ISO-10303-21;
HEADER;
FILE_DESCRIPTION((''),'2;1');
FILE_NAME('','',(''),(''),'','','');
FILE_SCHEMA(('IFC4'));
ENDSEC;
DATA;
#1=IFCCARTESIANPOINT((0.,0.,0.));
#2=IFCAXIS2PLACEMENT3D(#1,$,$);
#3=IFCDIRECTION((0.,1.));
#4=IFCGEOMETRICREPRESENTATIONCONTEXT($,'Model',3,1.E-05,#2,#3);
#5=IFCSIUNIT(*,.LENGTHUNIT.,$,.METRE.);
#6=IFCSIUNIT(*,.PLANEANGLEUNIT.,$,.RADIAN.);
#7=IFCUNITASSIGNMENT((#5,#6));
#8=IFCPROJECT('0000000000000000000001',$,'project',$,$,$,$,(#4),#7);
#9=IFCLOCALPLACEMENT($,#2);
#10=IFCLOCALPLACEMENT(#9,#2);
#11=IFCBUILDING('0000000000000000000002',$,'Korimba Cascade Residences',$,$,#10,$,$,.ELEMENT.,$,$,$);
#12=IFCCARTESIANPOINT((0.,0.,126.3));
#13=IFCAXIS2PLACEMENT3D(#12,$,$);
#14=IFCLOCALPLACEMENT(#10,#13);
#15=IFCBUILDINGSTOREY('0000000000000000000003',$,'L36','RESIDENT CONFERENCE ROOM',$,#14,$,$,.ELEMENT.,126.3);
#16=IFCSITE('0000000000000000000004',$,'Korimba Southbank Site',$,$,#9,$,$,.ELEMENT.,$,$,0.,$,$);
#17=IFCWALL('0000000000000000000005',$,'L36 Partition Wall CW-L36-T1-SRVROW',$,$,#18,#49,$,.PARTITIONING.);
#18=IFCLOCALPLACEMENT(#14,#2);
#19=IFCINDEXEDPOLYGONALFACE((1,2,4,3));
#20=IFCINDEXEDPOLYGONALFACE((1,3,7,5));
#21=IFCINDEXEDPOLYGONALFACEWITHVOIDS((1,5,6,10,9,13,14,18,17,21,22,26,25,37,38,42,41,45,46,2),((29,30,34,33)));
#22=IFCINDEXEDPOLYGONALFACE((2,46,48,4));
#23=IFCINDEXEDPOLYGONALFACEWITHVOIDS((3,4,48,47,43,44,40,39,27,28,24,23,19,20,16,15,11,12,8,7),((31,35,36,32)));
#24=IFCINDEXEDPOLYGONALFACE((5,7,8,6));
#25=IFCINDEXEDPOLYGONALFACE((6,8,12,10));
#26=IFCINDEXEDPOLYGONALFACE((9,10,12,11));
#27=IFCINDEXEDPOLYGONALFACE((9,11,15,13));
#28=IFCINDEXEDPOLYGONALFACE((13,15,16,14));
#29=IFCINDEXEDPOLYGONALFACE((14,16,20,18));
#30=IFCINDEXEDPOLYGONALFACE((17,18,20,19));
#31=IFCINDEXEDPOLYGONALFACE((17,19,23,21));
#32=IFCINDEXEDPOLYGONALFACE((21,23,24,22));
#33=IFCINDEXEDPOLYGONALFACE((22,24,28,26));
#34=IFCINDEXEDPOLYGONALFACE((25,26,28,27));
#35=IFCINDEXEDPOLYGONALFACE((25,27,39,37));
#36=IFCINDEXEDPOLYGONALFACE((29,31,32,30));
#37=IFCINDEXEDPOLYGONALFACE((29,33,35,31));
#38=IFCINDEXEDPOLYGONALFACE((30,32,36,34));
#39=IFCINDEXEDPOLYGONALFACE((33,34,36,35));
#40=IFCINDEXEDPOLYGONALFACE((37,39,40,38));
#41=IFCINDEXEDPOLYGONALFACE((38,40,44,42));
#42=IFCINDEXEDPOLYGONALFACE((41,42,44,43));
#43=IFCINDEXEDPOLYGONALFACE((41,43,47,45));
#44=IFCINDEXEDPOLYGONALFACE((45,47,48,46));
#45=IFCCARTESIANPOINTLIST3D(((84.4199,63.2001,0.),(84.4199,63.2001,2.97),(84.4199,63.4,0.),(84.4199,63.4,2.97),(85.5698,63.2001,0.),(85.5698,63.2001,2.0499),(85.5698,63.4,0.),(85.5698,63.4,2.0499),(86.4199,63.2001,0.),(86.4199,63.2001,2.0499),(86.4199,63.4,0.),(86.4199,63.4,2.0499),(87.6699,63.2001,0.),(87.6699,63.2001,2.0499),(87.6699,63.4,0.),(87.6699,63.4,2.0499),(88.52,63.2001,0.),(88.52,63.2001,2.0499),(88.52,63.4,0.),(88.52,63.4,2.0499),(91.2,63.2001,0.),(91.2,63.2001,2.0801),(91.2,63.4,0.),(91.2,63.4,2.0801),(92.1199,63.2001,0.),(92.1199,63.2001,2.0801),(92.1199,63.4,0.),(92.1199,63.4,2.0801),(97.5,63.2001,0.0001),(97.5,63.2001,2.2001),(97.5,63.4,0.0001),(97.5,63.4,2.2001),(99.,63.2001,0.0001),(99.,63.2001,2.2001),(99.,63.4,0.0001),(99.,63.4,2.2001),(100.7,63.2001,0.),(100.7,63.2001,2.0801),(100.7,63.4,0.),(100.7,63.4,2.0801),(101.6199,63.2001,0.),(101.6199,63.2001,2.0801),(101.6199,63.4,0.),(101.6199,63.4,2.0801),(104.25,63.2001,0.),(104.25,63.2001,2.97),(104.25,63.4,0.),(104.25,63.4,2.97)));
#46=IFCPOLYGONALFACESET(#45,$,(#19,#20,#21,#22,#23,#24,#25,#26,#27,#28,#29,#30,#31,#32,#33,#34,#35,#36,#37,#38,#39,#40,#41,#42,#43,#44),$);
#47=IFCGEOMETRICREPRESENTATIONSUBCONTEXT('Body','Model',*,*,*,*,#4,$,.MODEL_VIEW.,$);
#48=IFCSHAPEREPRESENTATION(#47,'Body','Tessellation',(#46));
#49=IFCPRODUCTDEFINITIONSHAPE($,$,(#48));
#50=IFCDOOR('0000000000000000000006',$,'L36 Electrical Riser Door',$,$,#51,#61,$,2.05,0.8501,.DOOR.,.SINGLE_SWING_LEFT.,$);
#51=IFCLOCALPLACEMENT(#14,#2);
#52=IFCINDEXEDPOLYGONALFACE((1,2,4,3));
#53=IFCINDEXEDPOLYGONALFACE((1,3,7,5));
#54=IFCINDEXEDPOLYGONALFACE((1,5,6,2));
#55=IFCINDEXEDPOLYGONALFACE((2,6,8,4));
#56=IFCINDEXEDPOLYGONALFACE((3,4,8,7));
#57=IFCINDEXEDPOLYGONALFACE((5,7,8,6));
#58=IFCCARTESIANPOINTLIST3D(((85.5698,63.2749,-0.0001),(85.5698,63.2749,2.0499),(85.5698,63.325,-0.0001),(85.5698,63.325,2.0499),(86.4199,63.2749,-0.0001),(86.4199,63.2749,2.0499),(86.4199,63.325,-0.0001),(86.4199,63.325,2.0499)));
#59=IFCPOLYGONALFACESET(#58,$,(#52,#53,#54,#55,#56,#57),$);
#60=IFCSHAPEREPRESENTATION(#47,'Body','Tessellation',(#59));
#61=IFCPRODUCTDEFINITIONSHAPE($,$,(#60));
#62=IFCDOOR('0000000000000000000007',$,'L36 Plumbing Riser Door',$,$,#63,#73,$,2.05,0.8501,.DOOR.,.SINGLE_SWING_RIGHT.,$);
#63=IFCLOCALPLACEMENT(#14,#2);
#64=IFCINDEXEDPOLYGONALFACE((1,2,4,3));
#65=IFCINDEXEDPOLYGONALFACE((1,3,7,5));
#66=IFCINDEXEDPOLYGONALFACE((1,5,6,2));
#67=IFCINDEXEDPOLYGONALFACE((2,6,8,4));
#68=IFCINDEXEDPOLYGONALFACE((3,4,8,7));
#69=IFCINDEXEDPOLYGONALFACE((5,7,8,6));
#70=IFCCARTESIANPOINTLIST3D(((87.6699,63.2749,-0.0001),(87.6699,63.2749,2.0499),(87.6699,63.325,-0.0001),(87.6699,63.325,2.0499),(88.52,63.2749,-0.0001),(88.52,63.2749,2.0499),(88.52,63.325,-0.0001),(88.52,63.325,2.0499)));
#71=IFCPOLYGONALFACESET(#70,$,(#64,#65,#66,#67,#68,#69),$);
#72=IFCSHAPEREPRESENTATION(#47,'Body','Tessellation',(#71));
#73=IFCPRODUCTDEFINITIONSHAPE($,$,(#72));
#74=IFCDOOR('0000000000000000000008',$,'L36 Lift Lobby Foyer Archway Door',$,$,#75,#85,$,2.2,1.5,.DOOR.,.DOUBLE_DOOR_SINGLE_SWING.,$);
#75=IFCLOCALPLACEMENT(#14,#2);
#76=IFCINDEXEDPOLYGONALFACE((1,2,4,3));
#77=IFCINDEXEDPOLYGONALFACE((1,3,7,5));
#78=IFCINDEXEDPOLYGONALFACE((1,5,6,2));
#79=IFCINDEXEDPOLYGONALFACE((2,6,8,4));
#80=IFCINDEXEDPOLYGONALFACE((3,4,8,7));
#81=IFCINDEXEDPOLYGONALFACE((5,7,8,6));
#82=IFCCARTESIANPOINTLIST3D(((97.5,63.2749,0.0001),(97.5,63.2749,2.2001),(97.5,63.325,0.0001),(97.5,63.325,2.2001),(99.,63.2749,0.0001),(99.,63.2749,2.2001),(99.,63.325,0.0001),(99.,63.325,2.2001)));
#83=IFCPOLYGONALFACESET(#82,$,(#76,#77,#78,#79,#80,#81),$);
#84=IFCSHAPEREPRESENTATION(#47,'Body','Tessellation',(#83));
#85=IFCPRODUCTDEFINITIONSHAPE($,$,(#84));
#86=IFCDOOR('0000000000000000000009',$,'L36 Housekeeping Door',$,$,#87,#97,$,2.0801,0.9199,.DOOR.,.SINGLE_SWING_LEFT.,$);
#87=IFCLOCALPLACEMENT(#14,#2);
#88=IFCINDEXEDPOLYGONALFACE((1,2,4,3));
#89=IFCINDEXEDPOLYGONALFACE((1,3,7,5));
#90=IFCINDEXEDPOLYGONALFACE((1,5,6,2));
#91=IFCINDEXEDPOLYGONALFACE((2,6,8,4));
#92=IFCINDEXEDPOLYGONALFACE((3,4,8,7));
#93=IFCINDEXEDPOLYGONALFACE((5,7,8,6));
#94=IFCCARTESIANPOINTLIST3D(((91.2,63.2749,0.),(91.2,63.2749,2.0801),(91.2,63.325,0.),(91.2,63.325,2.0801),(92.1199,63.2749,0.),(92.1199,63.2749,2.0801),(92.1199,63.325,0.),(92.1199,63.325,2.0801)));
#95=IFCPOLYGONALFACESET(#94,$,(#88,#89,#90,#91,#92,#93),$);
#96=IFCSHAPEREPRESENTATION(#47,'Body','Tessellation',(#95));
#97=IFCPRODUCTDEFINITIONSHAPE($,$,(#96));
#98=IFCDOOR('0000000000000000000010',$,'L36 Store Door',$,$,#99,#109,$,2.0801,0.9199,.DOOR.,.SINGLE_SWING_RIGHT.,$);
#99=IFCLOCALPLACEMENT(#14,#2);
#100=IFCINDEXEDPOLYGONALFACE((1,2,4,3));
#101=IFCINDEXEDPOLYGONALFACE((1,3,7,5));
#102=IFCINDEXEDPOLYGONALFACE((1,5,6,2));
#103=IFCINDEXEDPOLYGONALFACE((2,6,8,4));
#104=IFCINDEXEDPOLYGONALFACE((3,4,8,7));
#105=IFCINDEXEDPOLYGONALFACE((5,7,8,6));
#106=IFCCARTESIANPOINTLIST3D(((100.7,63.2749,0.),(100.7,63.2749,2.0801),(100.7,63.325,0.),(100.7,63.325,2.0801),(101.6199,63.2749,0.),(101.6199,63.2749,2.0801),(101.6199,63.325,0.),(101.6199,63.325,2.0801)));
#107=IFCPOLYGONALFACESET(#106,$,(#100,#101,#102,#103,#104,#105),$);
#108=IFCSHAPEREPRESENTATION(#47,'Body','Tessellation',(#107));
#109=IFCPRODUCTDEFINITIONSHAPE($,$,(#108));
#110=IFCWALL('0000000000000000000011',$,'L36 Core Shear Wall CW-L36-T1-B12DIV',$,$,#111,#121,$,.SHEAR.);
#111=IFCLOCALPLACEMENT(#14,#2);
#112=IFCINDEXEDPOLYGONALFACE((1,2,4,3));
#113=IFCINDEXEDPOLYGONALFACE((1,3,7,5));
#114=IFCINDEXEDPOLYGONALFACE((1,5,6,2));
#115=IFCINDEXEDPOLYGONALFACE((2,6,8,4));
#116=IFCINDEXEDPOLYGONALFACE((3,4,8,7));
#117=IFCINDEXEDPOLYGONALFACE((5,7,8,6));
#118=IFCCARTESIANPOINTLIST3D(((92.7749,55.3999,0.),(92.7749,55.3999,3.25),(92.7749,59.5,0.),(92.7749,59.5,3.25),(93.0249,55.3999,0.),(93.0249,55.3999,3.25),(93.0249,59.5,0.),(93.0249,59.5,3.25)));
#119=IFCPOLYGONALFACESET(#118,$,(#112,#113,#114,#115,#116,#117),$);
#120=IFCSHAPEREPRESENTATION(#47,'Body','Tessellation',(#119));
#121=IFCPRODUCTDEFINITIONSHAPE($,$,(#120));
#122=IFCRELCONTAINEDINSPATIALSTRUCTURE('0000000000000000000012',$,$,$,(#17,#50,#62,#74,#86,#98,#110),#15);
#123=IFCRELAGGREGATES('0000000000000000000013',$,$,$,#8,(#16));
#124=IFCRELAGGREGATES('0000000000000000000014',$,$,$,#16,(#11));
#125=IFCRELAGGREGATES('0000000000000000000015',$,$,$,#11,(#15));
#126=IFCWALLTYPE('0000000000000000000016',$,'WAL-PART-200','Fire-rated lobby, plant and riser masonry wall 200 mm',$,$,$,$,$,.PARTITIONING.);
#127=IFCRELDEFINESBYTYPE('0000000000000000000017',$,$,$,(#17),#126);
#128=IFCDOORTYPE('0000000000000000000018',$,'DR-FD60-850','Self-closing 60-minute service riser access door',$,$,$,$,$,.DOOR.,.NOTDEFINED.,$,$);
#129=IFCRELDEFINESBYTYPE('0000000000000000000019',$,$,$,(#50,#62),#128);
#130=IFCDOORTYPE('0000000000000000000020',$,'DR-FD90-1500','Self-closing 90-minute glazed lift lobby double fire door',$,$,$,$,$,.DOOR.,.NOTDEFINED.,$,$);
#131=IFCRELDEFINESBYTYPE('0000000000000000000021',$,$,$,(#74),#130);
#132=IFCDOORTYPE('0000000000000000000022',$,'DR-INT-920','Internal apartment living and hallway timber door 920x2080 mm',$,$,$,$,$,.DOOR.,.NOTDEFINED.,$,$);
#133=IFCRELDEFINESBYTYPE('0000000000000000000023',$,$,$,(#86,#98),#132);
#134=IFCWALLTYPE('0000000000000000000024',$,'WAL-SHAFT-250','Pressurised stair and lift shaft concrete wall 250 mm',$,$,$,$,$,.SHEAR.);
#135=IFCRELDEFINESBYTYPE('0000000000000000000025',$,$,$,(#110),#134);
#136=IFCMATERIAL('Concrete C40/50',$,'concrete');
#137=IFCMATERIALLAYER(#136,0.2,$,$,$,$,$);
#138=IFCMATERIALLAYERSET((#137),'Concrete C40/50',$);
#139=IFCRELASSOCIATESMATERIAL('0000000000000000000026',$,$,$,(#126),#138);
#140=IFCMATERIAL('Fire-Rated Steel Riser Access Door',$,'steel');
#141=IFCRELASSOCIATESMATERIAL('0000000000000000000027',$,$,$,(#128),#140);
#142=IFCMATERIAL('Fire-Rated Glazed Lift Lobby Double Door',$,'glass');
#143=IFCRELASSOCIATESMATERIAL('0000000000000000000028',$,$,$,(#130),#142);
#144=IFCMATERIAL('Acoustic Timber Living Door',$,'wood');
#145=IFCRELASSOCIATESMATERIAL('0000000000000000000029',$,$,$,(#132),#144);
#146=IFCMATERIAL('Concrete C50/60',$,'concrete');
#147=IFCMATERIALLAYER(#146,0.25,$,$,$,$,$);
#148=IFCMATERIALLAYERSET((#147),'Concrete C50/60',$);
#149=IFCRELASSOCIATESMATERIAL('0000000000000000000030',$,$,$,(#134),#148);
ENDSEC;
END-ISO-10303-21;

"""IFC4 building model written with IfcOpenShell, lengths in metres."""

from ifc_helpers import new_model, si_unit, direction, frame, frame_2d, origin, place, context, subcontext, project, spatial, rectangle, extrude, material, layer, layer_set, type_object, element, fill, save


model = new_model("IFC4")

# Units and contexts
model_context = context("Model", 3, precision=1e-05, world=origin(), true_north=direction((0.0, 1.0)))
body_context = subcontext(model_context, "Body", "Model", "MODEL_VIEW")
ifc_project = project(units=[si_unit("LENGTHUNIT", "METRE"), si_unit("PLANEANGLEUNIT", "RADIAN")], contexts=[model_context])

# Site, building, storey
site_placement = place(None, origin())
site = spatial("IfcSite", under=ifc_project, at=site_placement, Name="Korimba Southbank Site", CompositionType="ELEMENT", RefElevation=0.0)
building_placement = place(site_placement, origin())
building = spatial("IfcBuilding", under=site, at=building_placement, Name="Korimba Cascade Residences", CompositionType="ELEMENT")
storey_placement = place(building_placement, frame((0.0, 0.0, 126.3)))
storey = spatial("IfcBuildingStorey", under=building, at=storey_placement, Name="L36", Description="RESIDENT CONFERENCE ROOM", CompositionType="ELEMENT", Elevation=126.3)

# Shared definitions
ifc_material_1 = material(Name="Concrete C40/50", Category="concrete")
ifc_layer_1 = layer(ifc_material_1, 0.2)
ifc_layer_set_1 = layer_set([ifc_layer_1], Name="Concrete C40/50")
wall_type_1 = type_object("IfcWallType", Name="WAL-PART-200", Description="Fire-rated lobby, plant and riser masonry wall 200 mm", PredefinedType="PARTITIONING", material=ifc_layer_set_1)

# Wall, openings, doors
wall_1_placement = place(storey_placement, frame((84.4199, 63.3, 0.0), z_axis=(0.0, 0.0, 1.0), x_axis=(1.0, 0.0, 0.0)))
wall_1 = element("IfcWall", 1, at=wall_1_placement, inside=storey, type_object=wall_type_1, Name="L36 Partition Wall CW-L36-T1-SRVROW", PredefinedType="PARTITIONING", context=body_context, shape_type="SweptSolid", body=[
    extrude(rectangle(XDim=19.8301, YDim=0.2, at=frame_2d((9.915, 0.0))), origin(), (0.0, 0.0, 1.0), 2.97),
])
opening_1_placement = place(wall_1_placement, frame((1.1499, 0.0, 0.0)))
opening_1 = element("IfcOpeningElement", 2, at=opening_1_placement, cuts=wall_1, PredefinedType="OPENING", context=body_context, shape_type="SweptSolid", body=[
    extrude(rectangle(XDim=0.8501, YDim=2.05, at=frame_2d((0.425, 1.0249))), frame((0.0, 0.1099, 0.0), z_axis=(0.0, -1.0, 0.0), x_axis=(1.0, 0.0, 0.0)), (0.0, 0.0, 1.0), 0.22),
])
opening_2_placement = place(wall_1_placement, frame((3.25, 0.0, 0.0)))
opening_2 = element("IfcOpeningElement", 3, at=opening_2_placement, cuts=wall_1, PredefinedType="OPENING", context=body_context, shape_type="SweptSolid", body=[
    extrude(rectangle(XDim=0.8501, YDim=2.05, at=frame_2d((0.425, 1.0249))), frame((0.0, 0.1099, 0.0), z_axis=(0.0, -1.0, 0.0), x_axis=(1.0, 0.0, 0.0)), (0.0, 0.0, 1.0), 0.22),
])
opening_3_placement = place(wall_1_placement, frame((13.0801, 0.0, 0.0)))
opening_3 = element("IfcOpeningElement", 4, at=opening_3_placement, cuts=wall_1, PredefinedType="OPENING", context=body_context, shape_type="SweptSolid", body=[
    extrude(rectangle(XDim=1.5, YDim=2.2, at=frame_2d((0.75, 1.1001))), frame((0.0, 0.1099, 0.0), z_axis=(0.0, -1.0, 0.0), x_axis=(1.0, 0.0, 0.0)), (0.0, 0.0, 1.0), 0.22),
])
opening_4_placement = place(wall_1_placement, frame((6.78, 0.0, 0.0)))
opening_4 = element("IfcOpeningElement", 5, at=opening_4_placement, cuts=wall_1, PredefinedType="OPENING", context=body_context, shape_type="SweptSolid", body=[
    extrude(rectangle(XDim=0.9199, YDim=2.0801, at=frame_2d((0.46, 1.04))), frame((0.0, 0.1099, 0.0), z_axis=(0.0, -1.0, 0.0), x_axis=(1.0, 0.0, 0.0)), (0.0, 0.0, 1.0), 0.22),
])
opening_5_placement = place(wall_1_placement, frame((16.28, 0.0, 0.0)))
opening_5 = element("IfcOpeningElement", 6, at=opening_5_placement, cuts=wall_1, PredefinedType="OPENING", context=body_context, shape_type="SweptSolid", body=[
    extrude(rectangle(XDim=0.9199, YDim=2.0801, at=frame_2d((0.46, 1.04))), frame((0.0, 0.1099, 0.0), z_axis=(0.0, -1.0, 0.0), x_axis=(1.0, 0.0, 0.0)), (0.0, 0.0, 1.0), 0.22),
])
ifc_material_2 = material(Name="Fire-Rated Steel Riser Access Door", Category="steel")
door_type_1 = type_object("IfcDoorType", Name="DR-FD60-850", Description="Self-closing 60-minute service riser access door", OperationType="NOTDEFINED", PredefinedType="DOOR", material=ifc_material_2)
door_1_placement = place(opening_1_placement, origin())
door_1 = element("IfcDoor", 7, at=door_1_placement, inside=storey, type_object=door_type_1, Name="L36 Electrical Riser Door", OperationType="SINGLE_SWING_LEFT", OverallHeight=2.05, OverallWidth=0.8501, PredefinedType="DOOR", context=body_context, shape_type="SweptSolid", body=[
    extrude(rectangle(XDim=0.8501, YDim=2.05, at=frame_2d((0.425, 1.0249))), frame((0.0, 0.0249, 0.0), z_axis=(0.0, -1.0, 0.0), x_axis=(1.0, 0.0, 0.0)), (0.0, 0.0, 1.0), 0.05),
])
fill(opening_1, door_1)
door_2_placement = place(opening_2_placement, origin())
door_2 = element("IfcDoor", 8, at=door_2_placement, inside=storey, type_object=door_type_1, Name="L36 Plumbing Riser Door", OperationType="SINGLE_SWING_RIGHT", OverallHeight=2.05, OverallWidth=0.8501, PredefinedType="DOOR", context=body_context, shape_type="SweptSolid", body=[
    extrude(rectangle(XDim=0.8501, YDim=2.05, at=frame_2d((0.425, 1.0249))), frame((0.0, 0.0249, 0.0), z_axis=(0.0, -1.0, 0.0), x_axis=(1.0, 0.0, 0.0)), (0.0, 0.0, 1.0), 0.05),
])
fill(opening_2, door_2)
ifc_material_3 = material(Name="Fire-Rated Glazed Lift Lobby Double Door", Category="glass")
door_type_2 = type_object("IfcDoorType", Name="DR-FD90-1500", Description="Self-closing 90-minute glazed lift lobby double fire door", OperationType="NOTDEFINED", PredefinedType="DOOR", material=ifc_material_3)
door_3_placement = place(opening_3_placement, origin())
door_3 = element("IfcDoor", 9, at=door_3_placement, inside=storey, type_object=door_type_2, Name="L36 Lift Lobby Foyer Archway Door", OperationType="DOUBLE_DOOR_SINGLE_SWING", OverallHeight=2.2, OverallWidth=1.5, PredefinedType="DOOR", context=body_context, shape_type="SweptSolid", body=[
    extrude(rectangle(XDim=1.5, YDim=2.2, at=frame_2d((0.75, 1.1001))), frame((0.0, 0.0249, 0.0), z_axis=(0.0, -1.0, 0.0), x_axis=(1.0, 0.0, 0.0)), (0.0, 0.0, 1.0), 0.05),
])
fill(opening_3, door_3)
ifc_material_4 = material(Name="Acoustic Timber Living Door", Category="wood")
door_type_3 = type_object("IfcDoorType", Name="DR-INT-920", Description="Internal apartment living and hallway timber door 920x2080 mm", OperationType="NOTDEFINED", PredefinedType="DOOR", material=ifc_material_4)
door_4_placement = place(opening_4_placement, origin())
door_4 = element("IfcDoor", 10, at=door_4_placement, inside=storey, type_object=door_type_3, Name="L36 Housekeeping Door", OperationType="SINGLE_SWING_LEFT", OverallHeight=2.0801, OverallWidth=0.9199, PredefinedType="DOOR", context=body_context, shape_type="SweptSolid", body=[
    extrude(rectangle(XDim=0.9199, YDim=2.0801, at=frame_2d((0.46, 1.04))), frame((0.0, 0.0249, 0.0), z_axis=(0.0, -1.0, 0.0), x_axis=(1.0, 0.0, 0.0)), (0.0, 0.0, 1.0), 0.05),
])
fill(opening_4, door_4)
door_5_placement = place(opening_5_placement, origin())
door_5 = element("IfcDoor", 11, at=door_5_placement, inside=storey, type_object=door_type_3, Name="L36 Store Door", OperationType="SINGLE_SWING_RIGHT", OverallHeight=2.0801, OverallWidth=0.9199, PredefinedType="DOOR", context=body_context, shape_type="SweptSolid", body=[
    extrude(rectangle(XDim=0.9199, YDim=2.0801, at=frame_2d((0.46, 1.04))), frame((0.0, 0.0249, 0.0), z_axis=(0.0, -1.0, 0.0), x_axis=(1.0, 0.0, 0.0)), (0.0, 0.0, 1.0), 0.05),
])
fill(opening_5, door_5)

# Wall
ifc_material_5 = material(Name="Concrete C50/60", Category="concrete")
ifc_layer_2 = layer(ifc_material_5, 0.25)
ifc_layer_set_2 = layer_set([ifc_layer_2], Name="Concrete C50/60")
wall_type_2 = type_object("IfcWallType", Name="WAL-SHAFT-250", Description="Pressurised stair and lift shaft concrete wall 250 mm", PredefinedType="SHEAR", material=ifc_layer_set_2)
wall_2_placement = place(storey_placement, frame((92.8999, 55.3999, 0.0), z_axis=(0.0, 0.0, 1.0), x_axis=(0.0, 1.0, 0.0)))
element("IfcWall", 12, at=wall_2_placement, inside=storey, type_object=wall_type_2, Name="L36 Core Shear Wall CW-L36-T1-B12DIV", PredefinedType="SHEAR", context=body_context, shape_type="SweptSolid", body=[
    extrude(rectangle(XDim=4.1001, YDim=0.25, at=frame_2d((2.05, 0.0))), origin(), (0.0, 0.0, 1.0), 3.25),
])

save(model, "model.ifc")
